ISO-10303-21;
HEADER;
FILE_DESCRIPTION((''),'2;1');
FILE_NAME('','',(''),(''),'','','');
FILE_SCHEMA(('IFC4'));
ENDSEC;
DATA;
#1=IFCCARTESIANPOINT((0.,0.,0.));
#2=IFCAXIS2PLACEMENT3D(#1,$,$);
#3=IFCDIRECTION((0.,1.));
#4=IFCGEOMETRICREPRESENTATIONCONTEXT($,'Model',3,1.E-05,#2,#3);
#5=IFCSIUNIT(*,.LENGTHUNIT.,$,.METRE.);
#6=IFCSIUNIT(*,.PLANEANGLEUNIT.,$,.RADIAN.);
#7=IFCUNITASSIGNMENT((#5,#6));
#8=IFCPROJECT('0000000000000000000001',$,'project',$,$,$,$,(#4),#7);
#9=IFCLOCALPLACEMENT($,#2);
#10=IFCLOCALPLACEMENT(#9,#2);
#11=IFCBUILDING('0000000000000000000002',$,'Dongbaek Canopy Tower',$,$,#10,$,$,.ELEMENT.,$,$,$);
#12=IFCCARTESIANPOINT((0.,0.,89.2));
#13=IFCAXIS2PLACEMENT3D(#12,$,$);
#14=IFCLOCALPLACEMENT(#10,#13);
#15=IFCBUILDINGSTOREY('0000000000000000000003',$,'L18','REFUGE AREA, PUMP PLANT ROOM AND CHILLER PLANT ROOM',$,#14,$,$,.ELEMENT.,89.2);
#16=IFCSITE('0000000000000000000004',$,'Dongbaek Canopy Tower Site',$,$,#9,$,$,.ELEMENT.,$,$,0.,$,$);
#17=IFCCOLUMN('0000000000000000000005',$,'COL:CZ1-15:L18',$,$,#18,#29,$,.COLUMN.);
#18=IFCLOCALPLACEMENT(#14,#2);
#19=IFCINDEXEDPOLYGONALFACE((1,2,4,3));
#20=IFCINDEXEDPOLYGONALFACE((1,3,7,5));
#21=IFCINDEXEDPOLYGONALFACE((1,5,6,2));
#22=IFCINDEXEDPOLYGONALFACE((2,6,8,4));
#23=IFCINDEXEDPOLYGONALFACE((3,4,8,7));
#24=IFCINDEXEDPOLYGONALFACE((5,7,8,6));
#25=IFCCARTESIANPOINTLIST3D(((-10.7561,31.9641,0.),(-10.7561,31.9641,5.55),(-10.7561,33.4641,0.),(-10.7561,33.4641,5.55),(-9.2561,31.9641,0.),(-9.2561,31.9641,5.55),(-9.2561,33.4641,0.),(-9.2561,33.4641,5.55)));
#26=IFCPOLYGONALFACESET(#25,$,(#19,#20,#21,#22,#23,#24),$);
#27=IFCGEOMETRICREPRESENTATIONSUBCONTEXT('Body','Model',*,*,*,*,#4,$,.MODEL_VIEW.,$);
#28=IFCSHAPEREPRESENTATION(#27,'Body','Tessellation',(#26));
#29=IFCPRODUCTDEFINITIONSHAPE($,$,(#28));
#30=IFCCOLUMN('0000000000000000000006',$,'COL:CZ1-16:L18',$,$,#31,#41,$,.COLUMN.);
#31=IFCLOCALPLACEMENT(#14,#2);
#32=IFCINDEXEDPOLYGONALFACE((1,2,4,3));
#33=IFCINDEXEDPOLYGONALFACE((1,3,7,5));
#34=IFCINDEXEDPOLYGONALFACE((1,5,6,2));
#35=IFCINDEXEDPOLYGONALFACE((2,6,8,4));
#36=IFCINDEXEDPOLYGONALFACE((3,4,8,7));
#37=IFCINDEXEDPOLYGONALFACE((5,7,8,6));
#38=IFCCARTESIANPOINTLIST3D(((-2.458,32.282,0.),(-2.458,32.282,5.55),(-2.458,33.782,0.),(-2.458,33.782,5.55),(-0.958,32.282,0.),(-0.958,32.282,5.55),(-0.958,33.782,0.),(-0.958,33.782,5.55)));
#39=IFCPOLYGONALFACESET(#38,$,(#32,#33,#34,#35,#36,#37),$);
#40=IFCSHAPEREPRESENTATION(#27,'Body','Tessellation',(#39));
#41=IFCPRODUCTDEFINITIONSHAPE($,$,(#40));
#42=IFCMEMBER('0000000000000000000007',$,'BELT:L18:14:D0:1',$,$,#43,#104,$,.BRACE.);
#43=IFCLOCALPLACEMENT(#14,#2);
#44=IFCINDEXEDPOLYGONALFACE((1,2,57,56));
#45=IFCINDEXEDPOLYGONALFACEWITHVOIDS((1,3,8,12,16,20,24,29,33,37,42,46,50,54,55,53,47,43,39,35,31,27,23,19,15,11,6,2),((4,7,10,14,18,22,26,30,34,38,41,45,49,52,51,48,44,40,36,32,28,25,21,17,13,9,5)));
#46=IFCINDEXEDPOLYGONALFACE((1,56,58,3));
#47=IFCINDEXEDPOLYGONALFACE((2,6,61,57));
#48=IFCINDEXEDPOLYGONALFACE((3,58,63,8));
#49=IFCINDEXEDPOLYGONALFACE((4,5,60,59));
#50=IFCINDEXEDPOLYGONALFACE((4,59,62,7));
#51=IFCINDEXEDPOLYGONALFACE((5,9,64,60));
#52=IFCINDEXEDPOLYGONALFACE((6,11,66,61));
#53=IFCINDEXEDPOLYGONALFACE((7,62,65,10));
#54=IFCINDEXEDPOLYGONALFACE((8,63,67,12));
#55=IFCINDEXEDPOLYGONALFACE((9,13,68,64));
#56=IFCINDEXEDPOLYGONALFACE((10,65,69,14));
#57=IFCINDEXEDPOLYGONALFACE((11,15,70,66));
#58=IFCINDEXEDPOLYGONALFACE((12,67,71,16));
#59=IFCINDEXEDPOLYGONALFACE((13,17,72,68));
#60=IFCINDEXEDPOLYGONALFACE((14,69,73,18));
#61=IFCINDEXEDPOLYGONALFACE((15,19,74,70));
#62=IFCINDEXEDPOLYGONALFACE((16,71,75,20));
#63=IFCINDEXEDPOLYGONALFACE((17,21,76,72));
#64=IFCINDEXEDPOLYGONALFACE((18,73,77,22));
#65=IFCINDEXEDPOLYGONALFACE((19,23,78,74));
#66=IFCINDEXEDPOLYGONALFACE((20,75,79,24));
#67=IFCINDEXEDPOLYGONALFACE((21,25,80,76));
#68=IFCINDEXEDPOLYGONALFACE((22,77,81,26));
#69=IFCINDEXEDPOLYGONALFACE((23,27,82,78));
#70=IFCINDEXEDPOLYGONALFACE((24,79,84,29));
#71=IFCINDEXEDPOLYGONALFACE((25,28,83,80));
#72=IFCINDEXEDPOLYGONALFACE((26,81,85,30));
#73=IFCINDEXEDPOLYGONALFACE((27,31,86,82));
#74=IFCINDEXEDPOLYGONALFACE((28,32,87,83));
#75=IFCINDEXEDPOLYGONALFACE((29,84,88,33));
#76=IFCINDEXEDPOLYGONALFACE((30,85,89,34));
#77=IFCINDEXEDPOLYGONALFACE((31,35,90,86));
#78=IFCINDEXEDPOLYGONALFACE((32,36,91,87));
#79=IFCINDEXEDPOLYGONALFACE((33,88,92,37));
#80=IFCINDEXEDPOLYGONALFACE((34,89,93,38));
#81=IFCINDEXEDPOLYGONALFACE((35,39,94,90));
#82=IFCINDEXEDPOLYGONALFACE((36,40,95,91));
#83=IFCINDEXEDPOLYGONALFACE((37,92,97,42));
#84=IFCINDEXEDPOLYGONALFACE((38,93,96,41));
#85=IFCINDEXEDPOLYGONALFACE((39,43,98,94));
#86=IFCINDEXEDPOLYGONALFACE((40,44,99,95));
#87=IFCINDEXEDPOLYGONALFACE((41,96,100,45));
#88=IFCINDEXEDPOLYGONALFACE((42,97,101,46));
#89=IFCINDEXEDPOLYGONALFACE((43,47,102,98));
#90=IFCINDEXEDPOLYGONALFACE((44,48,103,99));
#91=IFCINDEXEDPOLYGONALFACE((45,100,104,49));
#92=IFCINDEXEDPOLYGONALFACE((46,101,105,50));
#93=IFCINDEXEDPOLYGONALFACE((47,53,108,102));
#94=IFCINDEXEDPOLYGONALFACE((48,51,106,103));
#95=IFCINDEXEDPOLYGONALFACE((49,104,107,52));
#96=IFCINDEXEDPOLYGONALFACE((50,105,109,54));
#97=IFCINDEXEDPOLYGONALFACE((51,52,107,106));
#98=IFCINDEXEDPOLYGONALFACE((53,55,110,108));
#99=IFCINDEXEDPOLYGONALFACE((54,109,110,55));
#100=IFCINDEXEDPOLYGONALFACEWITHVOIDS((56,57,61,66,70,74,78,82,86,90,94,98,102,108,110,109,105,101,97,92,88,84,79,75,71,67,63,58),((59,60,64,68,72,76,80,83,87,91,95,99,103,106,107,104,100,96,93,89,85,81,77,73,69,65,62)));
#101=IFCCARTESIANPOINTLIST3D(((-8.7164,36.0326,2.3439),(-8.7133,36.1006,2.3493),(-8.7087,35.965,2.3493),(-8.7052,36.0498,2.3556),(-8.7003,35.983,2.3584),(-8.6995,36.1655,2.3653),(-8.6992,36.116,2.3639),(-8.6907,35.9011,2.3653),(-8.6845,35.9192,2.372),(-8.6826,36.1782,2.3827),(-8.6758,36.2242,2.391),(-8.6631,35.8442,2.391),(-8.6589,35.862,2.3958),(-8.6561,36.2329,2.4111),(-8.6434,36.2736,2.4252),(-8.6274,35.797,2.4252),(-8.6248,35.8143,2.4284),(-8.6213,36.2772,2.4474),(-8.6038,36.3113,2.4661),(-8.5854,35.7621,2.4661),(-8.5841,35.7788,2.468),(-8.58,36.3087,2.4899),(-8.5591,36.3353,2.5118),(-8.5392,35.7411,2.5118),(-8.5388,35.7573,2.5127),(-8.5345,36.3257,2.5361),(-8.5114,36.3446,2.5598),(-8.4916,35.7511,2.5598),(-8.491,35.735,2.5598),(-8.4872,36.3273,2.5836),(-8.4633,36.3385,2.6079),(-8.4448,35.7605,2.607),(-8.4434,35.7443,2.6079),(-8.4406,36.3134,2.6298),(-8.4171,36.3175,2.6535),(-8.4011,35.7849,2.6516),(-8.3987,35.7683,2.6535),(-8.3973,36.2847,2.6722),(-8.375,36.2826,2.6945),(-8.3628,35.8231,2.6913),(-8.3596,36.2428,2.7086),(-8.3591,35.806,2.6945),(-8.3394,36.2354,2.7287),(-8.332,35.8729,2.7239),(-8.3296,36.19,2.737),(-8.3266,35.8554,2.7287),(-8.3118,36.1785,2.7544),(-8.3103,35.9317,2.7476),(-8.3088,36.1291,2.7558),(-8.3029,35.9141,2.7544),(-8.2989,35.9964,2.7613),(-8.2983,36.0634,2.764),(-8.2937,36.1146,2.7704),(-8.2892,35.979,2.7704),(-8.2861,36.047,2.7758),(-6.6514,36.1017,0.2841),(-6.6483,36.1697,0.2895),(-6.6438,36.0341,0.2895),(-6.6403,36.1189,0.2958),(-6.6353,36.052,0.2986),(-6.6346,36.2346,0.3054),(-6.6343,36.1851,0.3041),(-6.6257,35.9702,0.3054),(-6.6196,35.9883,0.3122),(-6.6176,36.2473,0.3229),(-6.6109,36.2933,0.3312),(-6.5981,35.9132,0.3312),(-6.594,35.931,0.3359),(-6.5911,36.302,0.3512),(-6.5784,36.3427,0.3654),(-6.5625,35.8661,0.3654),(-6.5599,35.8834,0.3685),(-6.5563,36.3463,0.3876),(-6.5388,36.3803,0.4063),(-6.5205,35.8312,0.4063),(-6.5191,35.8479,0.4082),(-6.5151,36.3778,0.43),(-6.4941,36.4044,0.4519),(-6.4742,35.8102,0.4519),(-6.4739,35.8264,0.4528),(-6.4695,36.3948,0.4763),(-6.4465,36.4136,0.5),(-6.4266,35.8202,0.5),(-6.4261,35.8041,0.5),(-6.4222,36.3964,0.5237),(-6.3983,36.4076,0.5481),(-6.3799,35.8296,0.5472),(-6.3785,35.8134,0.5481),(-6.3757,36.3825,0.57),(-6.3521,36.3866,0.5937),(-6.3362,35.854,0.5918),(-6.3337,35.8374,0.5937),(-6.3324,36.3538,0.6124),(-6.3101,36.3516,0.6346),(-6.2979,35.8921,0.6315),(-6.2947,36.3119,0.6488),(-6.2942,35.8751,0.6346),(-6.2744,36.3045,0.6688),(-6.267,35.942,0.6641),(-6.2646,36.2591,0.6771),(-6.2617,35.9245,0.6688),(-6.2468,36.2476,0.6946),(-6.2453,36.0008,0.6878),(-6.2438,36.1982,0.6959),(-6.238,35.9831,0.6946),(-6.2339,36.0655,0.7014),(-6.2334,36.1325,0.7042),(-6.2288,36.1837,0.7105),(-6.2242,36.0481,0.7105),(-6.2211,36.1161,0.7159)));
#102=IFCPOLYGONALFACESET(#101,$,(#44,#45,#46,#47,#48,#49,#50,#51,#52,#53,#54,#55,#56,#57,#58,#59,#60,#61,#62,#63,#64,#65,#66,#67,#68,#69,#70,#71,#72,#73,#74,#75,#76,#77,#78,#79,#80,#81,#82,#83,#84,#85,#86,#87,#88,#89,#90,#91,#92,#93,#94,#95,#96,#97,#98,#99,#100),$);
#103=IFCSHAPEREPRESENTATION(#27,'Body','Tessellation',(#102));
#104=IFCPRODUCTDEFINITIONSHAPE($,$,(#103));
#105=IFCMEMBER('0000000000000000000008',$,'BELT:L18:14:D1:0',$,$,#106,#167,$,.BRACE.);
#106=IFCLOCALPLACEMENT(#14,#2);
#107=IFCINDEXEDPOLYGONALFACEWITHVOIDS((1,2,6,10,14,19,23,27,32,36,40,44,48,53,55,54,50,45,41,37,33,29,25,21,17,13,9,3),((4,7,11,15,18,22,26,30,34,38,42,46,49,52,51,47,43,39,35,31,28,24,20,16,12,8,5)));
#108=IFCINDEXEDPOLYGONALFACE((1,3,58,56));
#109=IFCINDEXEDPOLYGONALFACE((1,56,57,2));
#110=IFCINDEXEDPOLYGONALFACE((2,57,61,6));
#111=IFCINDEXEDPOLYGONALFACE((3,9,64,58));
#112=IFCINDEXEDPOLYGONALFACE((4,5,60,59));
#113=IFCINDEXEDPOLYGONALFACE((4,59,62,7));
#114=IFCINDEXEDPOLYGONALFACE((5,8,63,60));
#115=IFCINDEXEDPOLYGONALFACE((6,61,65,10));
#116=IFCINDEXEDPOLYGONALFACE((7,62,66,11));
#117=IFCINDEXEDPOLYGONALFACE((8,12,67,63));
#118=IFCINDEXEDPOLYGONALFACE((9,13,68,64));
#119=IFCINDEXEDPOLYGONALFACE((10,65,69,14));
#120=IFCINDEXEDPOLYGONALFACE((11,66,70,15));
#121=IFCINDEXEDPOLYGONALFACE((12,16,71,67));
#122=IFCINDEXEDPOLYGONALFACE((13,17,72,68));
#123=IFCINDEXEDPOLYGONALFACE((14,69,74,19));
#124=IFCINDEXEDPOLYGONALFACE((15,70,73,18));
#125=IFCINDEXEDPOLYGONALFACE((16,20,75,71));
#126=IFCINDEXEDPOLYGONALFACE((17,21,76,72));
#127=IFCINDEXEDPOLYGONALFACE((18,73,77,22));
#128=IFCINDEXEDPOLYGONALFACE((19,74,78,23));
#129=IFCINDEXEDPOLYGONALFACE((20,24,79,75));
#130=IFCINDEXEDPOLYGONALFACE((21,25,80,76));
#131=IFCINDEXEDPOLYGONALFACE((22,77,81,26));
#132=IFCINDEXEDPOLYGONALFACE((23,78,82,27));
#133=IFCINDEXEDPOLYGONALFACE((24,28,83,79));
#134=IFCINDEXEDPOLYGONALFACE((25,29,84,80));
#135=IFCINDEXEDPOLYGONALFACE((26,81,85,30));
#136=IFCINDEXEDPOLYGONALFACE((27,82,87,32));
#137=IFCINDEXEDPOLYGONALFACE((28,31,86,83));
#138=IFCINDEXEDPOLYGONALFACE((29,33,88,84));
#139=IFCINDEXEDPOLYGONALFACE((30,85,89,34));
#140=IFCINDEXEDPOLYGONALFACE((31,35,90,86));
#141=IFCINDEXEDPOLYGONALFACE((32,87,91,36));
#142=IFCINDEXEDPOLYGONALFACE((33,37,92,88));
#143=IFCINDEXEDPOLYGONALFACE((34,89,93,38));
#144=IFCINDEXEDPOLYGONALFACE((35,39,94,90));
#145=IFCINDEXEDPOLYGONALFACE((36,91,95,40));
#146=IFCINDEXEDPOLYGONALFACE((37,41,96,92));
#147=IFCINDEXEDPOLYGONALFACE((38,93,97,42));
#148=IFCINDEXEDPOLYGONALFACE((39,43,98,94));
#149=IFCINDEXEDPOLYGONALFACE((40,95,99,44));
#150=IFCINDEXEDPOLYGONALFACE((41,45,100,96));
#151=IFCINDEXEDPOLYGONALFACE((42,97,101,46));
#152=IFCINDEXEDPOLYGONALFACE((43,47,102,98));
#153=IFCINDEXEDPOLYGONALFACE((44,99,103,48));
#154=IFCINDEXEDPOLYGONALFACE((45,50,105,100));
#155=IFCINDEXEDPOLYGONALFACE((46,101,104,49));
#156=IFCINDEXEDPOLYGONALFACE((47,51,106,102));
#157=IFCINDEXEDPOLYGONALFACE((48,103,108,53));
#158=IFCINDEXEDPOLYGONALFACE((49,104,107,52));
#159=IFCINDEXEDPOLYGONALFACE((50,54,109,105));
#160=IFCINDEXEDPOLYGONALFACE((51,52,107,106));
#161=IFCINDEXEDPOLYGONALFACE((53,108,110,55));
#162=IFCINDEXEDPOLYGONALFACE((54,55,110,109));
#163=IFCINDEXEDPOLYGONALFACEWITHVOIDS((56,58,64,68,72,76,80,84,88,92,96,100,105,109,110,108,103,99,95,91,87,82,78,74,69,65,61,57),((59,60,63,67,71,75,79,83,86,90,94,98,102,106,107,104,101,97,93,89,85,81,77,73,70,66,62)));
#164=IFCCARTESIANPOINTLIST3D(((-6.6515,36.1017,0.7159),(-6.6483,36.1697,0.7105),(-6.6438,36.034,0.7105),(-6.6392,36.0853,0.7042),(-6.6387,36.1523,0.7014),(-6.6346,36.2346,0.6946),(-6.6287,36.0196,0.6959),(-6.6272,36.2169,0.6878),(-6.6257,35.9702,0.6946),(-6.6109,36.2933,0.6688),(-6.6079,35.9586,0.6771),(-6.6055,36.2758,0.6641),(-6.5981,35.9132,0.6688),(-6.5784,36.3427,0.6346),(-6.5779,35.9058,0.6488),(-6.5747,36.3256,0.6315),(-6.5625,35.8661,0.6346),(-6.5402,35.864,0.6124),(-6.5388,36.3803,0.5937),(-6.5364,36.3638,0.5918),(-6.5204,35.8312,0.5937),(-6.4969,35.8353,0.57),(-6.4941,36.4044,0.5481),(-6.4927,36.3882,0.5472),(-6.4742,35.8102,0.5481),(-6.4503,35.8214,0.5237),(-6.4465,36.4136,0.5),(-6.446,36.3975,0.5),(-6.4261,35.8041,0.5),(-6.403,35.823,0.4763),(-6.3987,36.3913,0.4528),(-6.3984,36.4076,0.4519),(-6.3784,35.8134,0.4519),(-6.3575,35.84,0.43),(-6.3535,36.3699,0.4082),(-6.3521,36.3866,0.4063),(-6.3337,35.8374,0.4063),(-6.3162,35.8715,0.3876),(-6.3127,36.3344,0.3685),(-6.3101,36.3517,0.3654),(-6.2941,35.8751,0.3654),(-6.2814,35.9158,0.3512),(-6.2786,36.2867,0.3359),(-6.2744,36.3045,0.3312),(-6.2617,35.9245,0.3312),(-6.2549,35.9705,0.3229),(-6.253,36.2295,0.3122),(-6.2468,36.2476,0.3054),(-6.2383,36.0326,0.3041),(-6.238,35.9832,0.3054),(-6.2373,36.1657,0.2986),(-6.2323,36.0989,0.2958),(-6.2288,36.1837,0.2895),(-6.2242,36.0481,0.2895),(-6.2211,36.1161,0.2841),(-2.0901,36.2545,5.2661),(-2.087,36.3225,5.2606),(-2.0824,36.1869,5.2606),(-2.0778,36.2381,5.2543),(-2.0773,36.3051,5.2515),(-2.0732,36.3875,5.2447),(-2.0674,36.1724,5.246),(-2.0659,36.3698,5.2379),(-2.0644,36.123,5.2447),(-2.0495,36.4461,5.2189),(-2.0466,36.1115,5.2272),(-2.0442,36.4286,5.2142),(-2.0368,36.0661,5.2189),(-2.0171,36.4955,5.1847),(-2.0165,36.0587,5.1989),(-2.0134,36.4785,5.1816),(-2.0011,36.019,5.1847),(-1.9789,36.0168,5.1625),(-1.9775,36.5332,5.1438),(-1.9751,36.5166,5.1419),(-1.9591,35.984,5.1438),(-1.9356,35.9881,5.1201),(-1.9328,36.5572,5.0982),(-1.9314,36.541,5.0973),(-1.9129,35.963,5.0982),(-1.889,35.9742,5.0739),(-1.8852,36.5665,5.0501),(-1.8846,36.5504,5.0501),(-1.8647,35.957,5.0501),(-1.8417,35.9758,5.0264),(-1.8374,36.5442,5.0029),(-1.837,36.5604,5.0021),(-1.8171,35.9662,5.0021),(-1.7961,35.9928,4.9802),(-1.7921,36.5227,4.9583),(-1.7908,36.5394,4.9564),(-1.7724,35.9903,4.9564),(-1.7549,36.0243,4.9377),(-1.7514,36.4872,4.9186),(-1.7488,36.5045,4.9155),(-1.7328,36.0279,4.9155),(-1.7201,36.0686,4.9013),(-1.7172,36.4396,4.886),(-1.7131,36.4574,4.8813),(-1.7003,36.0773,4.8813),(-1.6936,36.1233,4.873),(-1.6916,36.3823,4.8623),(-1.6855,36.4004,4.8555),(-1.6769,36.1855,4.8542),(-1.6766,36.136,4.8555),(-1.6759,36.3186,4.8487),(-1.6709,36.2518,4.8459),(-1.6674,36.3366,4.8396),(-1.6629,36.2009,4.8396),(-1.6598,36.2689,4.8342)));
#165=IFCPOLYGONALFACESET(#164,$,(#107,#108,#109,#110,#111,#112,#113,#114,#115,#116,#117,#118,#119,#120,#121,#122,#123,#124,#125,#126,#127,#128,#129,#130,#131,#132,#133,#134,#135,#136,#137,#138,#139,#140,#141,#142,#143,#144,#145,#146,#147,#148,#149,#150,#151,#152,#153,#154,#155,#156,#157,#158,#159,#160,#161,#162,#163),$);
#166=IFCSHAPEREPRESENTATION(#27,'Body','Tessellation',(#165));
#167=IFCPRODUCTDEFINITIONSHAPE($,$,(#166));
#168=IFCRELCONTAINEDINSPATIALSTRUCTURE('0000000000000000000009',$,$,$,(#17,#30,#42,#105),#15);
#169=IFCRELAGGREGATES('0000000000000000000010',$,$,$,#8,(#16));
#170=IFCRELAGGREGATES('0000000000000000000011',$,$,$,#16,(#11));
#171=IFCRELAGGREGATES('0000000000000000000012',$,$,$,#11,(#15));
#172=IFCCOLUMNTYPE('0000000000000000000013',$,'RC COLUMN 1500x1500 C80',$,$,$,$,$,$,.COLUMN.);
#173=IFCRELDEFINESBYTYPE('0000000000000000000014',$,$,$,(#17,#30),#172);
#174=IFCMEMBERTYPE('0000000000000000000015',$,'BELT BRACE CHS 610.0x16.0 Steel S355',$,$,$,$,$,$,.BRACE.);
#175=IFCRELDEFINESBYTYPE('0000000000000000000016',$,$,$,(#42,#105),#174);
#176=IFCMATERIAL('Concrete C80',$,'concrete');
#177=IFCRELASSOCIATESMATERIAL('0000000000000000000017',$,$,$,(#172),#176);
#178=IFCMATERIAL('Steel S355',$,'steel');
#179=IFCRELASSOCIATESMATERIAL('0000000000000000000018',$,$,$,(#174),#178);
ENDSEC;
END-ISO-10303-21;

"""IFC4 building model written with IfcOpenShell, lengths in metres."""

from ifc_helpers import new_model, si_unit, direction, frame, origin, origin_2d, place, context, subcontext, project, spatial, rectangle, hollow_circle, extrude, material, material_profile, profile_set, type_object, element, save


model = new_model("IFC4")

# Units and contexts
model_context = context("Model", 3, precision=1e-05, world=origin(), true_north=direction((0.0, 1.0)))
body_context = subcontext(model_context, "Body", "Model", "MODEL_VIEW")
ifc_project = project(units=[si_unit("LENGTHUNIT", "METRE"), si_unit("PLANEANGLEUNIT", "RADIAN")], contexts=[model_context])

# Site, building, storey
site_placement = place(None, origin())
site = spatial("IfcSite", under=ifc_project, at=site_placement, Name="Dongbaek Canopy Tower Site", CompositionType="ELEMENT", RefElevation=0.0)
building_placement = place(site_placement, origin())
building = spatial("IfcBuilding", under=site, at=building_placement, Name="Dongbaek Canopy Tower", CompositionType="ELEMENT")
storey_placement = place(building_placement, frame((0.0, 0.0, 89.2)))
storey = spatial("IfcBuildingStorey", under=building, at=storey_placement, Name="L18", Description="REFUGE AREA, PUMP PLANT ROOM AND CHILLER PLANT ROOM", CompositionType="ELEMENT", Elevation=89.2)

# Columns
ifc_material_1 = material(Name="Concrete C80", Category="concrete")
ifc_material_profile_1 = material_profile(ifc_material_1, rectangle(XDim=1.5, YDim=1.5, at=origin_2d()), Name="RC COLUMN 1500x1500 C80")
ifc_profile_set_1 = profile_set([ifc_material_profile_1], Name="Concrete C80")
column_type = type_object("IfcColumnType", Name="RC COLUMN 1500x1500 C80", PredefinedType="COLUMN", material=ifc_profile_set_1)
for number, where, z_axis, x_axis, name in (
    (1, (-10.0061, 32.7141, 0.0), (0.0, 0.0, 1.0), (1.0, 0.0, 0.0), "COL:CZ1-15:L18"),
    (2, (-1.708, 33.032, 0.0), (0.0, 0.0, 1.0), (1.0, 0.0, 0.0), "COL:CZ1-16:L18"),
):
    element("IfcColumn", number, at=place(storey_placement, frame(where, z_axis=z_axis, x_axis=x_axis)), inside=storey, type_object=column_type, Name=name, PredefinedType="COLUMN", context=body_context, shape_type="SweptSolid", body=[
        extrude(rectangle(XDim=1.5, YDim=1.5, at=origin_2d()), origin(), (0.0, 0.0, 1.0), 5.55),
    ])

# Members
ifc_material_2 = material(Name="Steel S355", Category="steel")
ifc_material_profile_2 = material_profile(ifc_material_2, hollow_circle(Radius=0.3049, WallThickness=0.0161, at=origin_2d()), Name="BELT BRACE CHS 610.0x16.0 Steel S355")
ifc_profile_set_2 = profile_set([ifc_material_profile_2], Name="Steel S355")
member_type_1 = type_object("IfcMemberType", Name="BELT BRACE CHS 610.0x16.0 Steel S355", PredefinedType="BRACE", material=ifc_profile_set_2)
member_1_placement = place(storey_placement, frame((-6.4363, 36.1089, 0.5), z_axis=(-0.707787, -0.023682, 0.706029), x_axis=(0.033441, -0.999441, 0.0)))
element("IfcMember", 3, at=member_1_placement, inside=storey, type_object=member_type_1, Name="BELT:L18:14:D0:1", PredefinedType="BRACE", context=body_context, shape_type="SweptSolid", body=[
    extrude(hollow_circle(Radius=0.3049, WallThickness=0.0161, at=origin_2d()), origin(), (0.0, 0.0, 1.0), 2.9175),
])
member_2_placement = place(storey_placement, frame((-6.4363, 36.1089, 0.5), z_axis=(0.707779, 0.023715, 0.706036), x_axis=(-0.033488, 0.999439, 0.0)))
element("IfcMember", 4, at=member_2_placement, inside=storey, type_object=member_type_1, Name="BELT:L18:14:D1:0", PredefinedType="BRACE", context=body_context, shape_type="SweptSolid", body=[
    extrude(hollow_circle(Radius=0.3049, WallThickness=0.0161, at=origin_2d()), origin(), (0.0, 0.0, 1.0), 6.4446),
])

save(model, "model.ifc")
